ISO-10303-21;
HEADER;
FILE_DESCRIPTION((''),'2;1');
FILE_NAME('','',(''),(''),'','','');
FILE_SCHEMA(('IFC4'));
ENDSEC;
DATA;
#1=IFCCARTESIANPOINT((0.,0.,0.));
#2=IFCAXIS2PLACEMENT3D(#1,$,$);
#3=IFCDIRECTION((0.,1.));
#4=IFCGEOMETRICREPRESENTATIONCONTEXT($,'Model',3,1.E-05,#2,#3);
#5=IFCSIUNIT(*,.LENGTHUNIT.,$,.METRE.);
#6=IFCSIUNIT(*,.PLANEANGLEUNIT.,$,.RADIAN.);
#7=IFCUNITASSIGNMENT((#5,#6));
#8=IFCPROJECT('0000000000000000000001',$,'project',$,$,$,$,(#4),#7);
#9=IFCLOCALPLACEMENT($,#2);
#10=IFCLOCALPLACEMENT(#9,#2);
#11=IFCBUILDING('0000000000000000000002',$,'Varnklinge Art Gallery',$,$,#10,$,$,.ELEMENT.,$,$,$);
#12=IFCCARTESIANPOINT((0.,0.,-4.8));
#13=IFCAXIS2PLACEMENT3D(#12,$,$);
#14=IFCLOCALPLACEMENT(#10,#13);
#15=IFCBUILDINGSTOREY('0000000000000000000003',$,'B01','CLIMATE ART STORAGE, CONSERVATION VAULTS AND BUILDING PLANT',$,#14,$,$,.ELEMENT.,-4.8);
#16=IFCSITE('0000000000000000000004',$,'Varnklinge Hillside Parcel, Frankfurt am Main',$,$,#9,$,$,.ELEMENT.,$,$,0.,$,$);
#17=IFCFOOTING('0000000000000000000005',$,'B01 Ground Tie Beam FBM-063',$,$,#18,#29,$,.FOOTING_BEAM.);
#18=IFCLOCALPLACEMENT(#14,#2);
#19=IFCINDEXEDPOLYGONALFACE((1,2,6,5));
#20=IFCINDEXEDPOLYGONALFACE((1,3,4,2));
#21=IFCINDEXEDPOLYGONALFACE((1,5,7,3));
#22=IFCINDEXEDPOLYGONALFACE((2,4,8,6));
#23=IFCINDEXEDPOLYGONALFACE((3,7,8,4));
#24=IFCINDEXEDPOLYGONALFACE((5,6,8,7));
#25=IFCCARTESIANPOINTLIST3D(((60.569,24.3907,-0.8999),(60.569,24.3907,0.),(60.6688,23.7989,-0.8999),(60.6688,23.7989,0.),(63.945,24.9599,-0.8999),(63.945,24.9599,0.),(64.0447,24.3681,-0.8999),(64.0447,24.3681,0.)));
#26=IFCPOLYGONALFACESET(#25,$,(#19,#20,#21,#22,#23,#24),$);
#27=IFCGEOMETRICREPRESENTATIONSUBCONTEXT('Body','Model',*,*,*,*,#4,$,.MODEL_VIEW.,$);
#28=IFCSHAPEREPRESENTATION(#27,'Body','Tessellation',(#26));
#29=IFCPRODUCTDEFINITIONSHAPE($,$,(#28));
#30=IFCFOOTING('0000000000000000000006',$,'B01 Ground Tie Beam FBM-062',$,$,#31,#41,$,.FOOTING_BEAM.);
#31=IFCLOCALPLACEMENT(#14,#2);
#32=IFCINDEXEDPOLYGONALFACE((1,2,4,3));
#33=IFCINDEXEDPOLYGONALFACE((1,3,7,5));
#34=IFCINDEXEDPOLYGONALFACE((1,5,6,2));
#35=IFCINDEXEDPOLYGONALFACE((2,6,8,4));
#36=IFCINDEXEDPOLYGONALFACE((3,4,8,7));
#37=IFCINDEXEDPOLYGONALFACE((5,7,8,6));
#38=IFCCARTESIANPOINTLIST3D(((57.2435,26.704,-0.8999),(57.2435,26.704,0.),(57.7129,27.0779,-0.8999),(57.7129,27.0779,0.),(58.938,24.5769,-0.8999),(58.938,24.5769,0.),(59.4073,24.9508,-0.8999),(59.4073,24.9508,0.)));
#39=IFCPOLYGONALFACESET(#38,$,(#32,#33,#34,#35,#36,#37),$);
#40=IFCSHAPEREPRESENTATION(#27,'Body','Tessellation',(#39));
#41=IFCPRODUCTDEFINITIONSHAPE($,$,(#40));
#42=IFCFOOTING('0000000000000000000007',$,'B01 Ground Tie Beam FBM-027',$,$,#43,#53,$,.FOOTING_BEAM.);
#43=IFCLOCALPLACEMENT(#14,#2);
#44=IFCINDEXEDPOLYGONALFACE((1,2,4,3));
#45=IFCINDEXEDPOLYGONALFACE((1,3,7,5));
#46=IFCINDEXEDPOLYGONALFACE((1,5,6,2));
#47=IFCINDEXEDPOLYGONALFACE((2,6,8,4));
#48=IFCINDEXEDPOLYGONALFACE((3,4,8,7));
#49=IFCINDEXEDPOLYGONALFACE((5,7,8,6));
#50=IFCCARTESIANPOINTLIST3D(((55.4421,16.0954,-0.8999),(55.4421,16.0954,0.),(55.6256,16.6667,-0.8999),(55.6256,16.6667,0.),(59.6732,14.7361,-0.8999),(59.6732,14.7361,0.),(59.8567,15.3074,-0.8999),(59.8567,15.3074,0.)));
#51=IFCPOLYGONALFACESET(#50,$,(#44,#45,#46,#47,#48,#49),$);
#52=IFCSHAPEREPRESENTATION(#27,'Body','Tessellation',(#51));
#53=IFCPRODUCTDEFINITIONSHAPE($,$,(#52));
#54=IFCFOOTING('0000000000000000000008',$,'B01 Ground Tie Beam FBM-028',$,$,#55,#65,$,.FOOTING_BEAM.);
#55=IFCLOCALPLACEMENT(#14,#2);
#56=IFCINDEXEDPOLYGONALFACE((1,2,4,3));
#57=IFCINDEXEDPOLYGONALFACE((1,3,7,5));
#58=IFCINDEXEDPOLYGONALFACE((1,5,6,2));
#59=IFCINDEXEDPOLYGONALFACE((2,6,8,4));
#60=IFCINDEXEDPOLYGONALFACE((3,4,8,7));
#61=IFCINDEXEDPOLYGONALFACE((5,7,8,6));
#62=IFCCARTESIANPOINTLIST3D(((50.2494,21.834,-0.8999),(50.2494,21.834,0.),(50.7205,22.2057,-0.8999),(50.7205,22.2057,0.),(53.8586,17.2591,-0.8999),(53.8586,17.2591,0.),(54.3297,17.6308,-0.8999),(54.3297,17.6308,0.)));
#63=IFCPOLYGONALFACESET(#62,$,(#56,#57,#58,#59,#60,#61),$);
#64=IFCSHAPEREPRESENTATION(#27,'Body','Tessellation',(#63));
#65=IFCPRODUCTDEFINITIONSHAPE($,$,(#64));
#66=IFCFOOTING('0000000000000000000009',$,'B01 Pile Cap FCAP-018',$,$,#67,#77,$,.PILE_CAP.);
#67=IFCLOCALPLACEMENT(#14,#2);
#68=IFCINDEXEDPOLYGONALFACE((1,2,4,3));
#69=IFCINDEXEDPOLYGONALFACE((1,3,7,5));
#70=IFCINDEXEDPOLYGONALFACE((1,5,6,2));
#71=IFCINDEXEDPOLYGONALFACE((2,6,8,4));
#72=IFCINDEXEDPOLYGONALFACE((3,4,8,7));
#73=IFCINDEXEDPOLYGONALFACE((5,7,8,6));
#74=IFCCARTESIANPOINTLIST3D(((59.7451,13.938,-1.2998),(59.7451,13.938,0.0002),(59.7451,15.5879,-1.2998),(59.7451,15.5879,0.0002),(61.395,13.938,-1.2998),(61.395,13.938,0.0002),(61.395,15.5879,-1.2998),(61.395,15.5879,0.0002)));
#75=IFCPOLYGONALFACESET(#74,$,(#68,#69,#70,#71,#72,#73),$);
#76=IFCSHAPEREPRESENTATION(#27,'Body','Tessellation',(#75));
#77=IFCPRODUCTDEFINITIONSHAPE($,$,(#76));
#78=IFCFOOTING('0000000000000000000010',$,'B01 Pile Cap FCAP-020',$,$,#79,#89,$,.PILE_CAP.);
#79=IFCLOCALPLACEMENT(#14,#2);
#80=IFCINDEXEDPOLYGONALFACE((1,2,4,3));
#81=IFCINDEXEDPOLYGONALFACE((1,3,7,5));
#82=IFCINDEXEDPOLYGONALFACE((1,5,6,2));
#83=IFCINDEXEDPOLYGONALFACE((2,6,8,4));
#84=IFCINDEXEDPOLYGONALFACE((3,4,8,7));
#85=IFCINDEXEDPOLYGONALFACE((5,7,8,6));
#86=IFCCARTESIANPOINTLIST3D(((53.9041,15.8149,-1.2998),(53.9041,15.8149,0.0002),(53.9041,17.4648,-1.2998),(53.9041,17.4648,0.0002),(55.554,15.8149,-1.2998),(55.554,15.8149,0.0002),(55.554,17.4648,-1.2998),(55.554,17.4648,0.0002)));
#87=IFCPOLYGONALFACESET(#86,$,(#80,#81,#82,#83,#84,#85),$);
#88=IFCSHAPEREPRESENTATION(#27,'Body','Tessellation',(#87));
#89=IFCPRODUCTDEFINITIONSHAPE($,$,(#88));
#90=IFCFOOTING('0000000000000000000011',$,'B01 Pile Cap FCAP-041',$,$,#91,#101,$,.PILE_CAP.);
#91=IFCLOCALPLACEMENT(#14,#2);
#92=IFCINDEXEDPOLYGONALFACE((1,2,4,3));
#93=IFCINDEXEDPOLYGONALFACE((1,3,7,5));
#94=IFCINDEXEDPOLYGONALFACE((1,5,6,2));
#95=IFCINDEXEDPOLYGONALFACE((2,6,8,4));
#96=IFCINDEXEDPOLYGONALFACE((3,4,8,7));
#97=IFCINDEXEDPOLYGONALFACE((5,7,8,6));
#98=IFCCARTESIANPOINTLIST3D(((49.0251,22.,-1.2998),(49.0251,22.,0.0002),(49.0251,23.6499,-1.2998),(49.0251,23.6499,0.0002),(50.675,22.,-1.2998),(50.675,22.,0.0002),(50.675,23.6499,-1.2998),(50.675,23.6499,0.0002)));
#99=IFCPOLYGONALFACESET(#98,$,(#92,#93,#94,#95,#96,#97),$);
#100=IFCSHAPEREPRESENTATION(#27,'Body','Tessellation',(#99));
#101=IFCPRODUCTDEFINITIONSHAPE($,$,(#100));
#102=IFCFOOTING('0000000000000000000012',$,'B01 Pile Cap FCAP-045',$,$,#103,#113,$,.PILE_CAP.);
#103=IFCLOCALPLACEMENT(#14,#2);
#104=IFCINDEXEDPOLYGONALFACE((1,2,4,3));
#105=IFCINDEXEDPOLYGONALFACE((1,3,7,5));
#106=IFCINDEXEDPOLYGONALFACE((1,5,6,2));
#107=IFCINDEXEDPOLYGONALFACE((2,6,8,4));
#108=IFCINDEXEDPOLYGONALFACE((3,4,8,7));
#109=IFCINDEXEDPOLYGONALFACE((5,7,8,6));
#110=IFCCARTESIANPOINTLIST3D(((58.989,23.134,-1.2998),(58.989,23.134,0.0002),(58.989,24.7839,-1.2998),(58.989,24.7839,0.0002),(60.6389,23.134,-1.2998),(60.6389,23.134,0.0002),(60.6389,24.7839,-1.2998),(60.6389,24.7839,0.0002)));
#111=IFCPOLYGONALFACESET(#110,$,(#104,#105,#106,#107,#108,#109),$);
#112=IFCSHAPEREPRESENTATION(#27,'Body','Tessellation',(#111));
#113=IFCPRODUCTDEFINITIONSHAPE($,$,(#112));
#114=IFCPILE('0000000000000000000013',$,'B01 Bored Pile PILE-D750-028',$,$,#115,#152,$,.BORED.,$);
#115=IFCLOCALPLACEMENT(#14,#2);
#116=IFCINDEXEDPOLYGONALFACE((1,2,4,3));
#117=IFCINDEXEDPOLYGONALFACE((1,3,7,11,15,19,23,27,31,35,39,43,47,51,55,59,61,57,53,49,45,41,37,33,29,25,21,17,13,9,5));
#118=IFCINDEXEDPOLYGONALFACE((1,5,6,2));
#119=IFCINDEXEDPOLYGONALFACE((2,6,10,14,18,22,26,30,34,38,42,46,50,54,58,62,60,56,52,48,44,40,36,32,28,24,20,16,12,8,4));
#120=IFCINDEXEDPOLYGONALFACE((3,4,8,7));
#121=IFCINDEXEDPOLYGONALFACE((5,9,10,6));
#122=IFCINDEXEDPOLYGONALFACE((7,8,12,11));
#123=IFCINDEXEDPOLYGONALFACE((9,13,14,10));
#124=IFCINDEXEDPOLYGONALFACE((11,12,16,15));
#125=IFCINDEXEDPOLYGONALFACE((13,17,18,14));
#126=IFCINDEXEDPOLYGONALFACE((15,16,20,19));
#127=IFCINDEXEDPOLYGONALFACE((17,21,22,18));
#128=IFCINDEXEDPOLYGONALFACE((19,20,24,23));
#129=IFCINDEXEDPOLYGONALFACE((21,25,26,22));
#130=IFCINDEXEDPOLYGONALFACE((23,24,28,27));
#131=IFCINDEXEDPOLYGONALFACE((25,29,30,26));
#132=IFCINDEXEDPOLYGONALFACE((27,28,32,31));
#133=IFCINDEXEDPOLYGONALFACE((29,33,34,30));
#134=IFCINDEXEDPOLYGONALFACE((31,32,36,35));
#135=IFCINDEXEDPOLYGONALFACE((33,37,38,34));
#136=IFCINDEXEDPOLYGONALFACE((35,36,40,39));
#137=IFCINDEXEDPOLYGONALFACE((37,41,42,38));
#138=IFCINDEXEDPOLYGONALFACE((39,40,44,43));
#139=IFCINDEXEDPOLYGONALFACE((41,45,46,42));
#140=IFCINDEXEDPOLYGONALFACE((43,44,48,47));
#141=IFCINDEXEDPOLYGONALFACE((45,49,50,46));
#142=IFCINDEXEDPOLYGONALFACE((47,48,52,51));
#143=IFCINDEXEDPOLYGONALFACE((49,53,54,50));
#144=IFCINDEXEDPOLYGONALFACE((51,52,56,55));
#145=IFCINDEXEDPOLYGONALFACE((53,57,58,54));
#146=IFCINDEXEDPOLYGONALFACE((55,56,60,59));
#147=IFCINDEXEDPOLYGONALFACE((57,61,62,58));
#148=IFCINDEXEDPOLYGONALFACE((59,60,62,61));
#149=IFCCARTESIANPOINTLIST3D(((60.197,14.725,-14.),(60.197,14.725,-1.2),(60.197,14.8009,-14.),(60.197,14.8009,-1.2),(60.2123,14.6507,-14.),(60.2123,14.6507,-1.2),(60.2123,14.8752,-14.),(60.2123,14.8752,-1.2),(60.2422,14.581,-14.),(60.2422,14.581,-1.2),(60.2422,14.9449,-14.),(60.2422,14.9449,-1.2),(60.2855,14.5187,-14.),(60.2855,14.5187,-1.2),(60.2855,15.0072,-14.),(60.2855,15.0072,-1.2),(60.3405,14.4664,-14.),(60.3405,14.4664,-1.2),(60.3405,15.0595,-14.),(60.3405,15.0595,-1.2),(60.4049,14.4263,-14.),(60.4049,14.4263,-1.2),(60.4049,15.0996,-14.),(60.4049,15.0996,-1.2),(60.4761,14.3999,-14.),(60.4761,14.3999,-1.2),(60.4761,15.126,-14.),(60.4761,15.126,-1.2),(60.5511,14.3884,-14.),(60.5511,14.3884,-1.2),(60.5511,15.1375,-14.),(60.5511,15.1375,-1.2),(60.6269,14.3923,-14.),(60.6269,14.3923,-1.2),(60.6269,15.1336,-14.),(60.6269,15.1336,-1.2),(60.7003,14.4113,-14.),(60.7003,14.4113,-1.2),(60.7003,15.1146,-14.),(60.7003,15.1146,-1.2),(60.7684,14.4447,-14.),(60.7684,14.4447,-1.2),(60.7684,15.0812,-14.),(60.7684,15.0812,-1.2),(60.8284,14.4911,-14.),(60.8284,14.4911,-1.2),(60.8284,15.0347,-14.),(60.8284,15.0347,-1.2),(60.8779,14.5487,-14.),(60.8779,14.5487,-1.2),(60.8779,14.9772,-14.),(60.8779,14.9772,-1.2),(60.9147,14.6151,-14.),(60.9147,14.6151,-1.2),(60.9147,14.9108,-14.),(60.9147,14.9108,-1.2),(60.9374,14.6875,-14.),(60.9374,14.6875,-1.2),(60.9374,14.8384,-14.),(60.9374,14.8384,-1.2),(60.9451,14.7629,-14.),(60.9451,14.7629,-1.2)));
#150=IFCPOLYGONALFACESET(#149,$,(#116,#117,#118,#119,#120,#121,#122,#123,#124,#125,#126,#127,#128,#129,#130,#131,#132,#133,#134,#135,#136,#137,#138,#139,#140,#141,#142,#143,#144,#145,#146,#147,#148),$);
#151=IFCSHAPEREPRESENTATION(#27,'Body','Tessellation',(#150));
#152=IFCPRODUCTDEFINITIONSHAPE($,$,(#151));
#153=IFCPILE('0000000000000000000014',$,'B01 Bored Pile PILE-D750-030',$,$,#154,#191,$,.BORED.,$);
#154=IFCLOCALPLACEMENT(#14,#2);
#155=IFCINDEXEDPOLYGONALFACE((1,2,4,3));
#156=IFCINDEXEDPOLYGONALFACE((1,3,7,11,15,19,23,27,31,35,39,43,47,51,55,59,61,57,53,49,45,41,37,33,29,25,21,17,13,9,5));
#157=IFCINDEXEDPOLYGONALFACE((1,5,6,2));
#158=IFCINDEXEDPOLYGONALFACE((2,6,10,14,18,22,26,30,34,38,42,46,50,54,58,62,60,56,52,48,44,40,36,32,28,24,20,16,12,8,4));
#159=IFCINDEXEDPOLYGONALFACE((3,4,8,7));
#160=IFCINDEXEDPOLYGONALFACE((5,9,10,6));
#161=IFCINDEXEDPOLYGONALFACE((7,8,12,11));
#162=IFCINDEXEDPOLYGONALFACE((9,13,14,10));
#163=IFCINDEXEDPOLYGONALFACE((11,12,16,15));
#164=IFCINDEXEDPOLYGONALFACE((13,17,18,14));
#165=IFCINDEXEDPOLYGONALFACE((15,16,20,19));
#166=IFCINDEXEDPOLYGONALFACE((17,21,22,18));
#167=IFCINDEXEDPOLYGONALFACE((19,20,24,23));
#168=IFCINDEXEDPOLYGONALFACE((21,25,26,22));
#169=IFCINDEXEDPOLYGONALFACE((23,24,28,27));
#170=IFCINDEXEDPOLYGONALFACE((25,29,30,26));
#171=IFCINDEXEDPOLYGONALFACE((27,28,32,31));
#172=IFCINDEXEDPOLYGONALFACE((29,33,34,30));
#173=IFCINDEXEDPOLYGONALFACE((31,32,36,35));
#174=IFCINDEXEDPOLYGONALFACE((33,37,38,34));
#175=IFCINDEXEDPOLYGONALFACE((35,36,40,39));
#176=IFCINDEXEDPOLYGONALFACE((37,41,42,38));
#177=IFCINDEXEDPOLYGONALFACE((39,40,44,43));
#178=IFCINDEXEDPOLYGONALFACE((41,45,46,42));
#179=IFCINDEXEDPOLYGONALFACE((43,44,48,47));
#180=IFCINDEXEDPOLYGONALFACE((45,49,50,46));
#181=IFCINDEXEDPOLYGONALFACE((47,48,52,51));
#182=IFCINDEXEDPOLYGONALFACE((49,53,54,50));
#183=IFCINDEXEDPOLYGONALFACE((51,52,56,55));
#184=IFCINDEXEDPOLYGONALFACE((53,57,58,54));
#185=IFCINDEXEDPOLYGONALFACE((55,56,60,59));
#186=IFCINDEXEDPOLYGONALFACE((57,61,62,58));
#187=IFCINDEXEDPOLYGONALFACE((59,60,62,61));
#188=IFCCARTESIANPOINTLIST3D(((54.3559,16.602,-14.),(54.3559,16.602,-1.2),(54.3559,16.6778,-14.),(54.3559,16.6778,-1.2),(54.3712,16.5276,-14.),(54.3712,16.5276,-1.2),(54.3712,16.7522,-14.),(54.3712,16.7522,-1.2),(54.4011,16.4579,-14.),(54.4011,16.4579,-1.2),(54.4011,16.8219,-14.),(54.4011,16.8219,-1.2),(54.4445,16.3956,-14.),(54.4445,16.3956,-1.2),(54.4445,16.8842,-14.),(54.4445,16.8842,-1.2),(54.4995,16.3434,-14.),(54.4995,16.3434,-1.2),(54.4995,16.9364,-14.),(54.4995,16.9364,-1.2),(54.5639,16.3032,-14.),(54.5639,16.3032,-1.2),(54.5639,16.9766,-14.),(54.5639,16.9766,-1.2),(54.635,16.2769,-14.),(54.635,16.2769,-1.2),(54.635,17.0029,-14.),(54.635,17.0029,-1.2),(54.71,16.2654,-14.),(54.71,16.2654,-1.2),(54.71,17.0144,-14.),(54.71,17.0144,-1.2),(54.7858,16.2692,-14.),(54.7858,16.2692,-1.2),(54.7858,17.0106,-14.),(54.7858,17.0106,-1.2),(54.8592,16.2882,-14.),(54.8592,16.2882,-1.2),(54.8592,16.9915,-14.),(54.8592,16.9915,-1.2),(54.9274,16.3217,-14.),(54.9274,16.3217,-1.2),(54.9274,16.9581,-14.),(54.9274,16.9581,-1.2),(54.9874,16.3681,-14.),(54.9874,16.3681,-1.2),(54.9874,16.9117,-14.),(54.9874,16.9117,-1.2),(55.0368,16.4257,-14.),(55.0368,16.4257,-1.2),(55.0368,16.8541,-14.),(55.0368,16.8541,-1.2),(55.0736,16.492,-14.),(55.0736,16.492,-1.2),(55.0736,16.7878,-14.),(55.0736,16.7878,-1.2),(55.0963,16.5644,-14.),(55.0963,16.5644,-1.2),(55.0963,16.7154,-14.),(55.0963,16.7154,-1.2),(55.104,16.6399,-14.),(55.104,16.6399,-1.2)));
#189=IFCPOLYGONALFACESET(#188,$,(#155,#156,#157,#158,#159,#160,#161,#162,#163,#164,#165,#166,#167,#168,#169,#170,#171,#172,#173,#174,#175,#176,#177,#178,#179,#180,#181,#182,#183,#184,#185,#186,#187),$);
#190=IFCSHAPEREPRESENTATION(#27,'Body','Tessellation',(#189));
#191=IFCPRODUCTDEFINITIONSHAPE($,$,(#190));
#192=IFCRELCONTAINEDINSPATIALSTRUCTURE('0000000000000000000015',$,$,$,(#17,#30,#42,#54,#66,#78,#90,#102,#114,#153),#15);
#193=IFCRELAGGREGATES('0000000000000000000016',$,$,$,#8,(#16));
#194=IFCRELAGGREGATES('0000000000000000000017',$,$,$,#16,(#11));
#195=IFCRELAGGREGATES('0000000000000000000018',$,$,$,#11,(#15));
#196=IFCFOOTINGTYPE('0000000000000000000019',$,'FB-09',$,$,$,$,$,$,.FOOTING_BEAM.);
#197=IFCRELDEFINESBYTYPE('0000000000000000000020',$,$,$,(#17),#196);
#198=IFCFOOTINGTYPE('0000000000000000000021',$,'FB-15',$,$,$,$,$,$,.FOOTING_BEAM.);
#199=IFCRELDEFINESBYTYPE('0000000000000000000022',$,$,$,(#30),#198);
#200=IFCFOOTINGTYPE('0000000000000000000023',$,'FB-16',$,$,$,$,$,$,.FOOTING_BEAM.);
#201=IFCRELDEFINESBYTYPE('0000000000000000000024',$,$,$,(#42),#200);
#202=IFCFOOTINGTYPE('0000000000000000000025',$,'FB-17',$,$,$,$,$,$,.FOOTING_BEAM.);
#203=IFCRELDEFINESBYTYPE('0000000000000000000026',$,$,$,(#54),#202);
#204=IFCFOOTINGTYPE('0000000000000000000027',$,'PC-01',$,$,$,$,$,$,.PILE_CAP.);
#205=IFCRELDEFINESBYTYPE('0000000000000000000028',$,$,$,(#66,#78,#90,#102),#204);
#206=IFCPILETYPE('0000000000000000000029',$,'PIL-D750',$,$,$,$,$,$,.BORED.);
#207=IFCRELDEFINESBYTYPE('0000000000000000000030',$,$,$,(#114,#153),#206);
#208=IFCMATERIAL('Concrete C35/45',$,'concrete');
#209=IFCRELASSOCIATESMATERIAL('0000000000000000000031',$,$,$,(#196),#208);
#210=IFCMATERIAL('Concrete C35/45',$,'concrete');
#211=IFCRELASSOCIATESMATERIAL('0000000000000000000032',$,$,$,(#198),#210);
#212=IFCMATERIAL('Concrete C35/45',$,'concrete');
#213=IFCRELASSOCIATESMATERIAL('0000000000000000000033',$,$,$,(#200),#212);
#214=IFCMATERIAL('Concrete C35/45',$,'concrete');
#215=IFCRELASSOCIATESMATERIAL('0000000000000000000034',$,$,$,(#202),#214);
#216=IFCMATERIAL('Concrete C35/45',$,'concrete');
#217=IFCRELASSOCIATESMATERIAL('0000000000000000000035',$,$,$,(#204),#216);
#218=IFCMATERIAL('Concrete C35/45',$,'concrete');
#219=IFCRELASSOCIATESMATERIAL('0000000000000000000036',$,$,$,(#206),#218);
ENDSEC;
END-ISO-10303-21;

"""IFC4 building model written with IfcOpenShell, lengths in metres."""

from ifc_helpers import new_model, si_unit, direction, frame, origin, origin_2d, place, context, subcontext, project, spatial, rectangle, circle, extrude, material, material_profile, profile_set, type_object, element, save


model = new_model("IFC4")

# Units and contexts
model_context = context("Model", 3, precision=1e-05, world=origin(), true_north=direction((0.0, 1.0)))
body_context = subcontext(model_context, "Body", "Model", "MODEL_VIEW")
ifc_project = project(units=[si_unit("LENGTHUNIT", "METRE"), si_unit("PLANEANGLEUNIT", "RADIAN")], contexts=[model_context])

# Site, building, storey
site_placement = place(None, origin())
site = spatial("IfcSite", under=ifc_project, at=site_placement, Name="Varnklinge Hillside Parcel, Frankfurt am Main", CompositionType="ELEMENT", RefElevation=0.0)
building_placement = place(site_placement, origin())
building = spatial("IfcBuilding", under=site, at=building_placement, Name="Varnklinge Art Gallery", CompositionType="ELEMENT")
storey_placement = place(building_placement, frame((0.0, 0.0, -4.8)))
storey = spatial("IfcBuildingStorey", under=building, at=storey_placement, Name="B01", Description="CLIMATE ART STORAGE, CONSERVATION VAULTS AND BUILDING PLANT", CompositionType="ELEMENT", Elevation=-4.8)

# Footings
ifc_material_1 = material(Name="Concrete C35/45", Category="concrete")
footing_type_1 = type_object("IfcFootingType", Name="FB-09", PredefinedType="FOOTING_BEAM", material=ifc_material_1)
footing_1_placement = place(storey_placement, frame((62.3069, 24.3794, -0.8999), z_axis=(0.0, 0.0, 1.0), x_axis=(0.986083, 0.166252, 0.0)))
element("IfcFooting", 1, at=footing_1_placement, inside=storey, type_object=footing_type_1, Name="B01 Ground Tie Beam FBM-063", PredefinedType="FOOTING_BEAM", context=body_context, shape_type="SweptSolid", body=[
    extrude(rectangle(XDim=3.4236, YDim=0.6001, at=origin_2d()), origin(), (0.0, 0.0, 1.0), 0.8999),
])
ifc_material_2 = material(Name="Concrete C35/45", Category="concrete")
footing_type_2 = type_object("IfcFootingType", Name="FB-15", PredefinedType="FOOTING_BEAM", material=ifc_material_2)
footing_2_placement = place(storey_placement, frame((58.3254, 25.8274, -0.8999), z_axis=(0.0, 0.0, 1.0), x_axis=(-0.623061, 0.782173, 0.0)))
element("IfcFooting", 2, at=footing_2_placement, inside=storey, type_object=footing_type_2, Name="B01 Ground Tie Beam FBM-062", PredefinedType="FOOTING_BEAM", context=body_context, shape_type="SweptSolid", body=[
    extrude(rectangle(XDim=2.7195, YDim=0.6001, at=origin_2d()), origin(), (0.0, 0.0, 1.0), 0.8999),
])
ifc_material_3 = material(Name="Concrete C35/45", Category="concrete")
footing_type_3 = type_object("IfcFootingType", Name="FB-16", PredefinedType="FOOTING_BEAM", material=ifc_material_3)
footing_3_placement = place(storey_placement, frame((57.6494, 15.7014, -0.8999), z_axis=(0.0, 0.0, 1.0), x_axis=(0.952076, -0.305861, 0.0)))
element("IfcFooting", 3, at=footing_3_placement, inside=storey, type_object=footing_type_3, Name="B01 Ground Tie Beam FBM-027", PredefinedType="FOOTING_BEAM", context=body_context, shape_type="SweptSolid", body=[
    extrude(rectangle(XDim=4.4441, YDim=0.6001, at=origin_2d()), origin(), (0.0, 0.0, 1.0), 0.8999),
])
ifc_material_4 = material(Name="Concrete C35/45", Category="concrete")
footing_type_4 = type_object("IfcFootingType", Name="FB-17", PredefinedType="FOOTING_BEAM", material=ifc_material_4)
footing_4_placement = place(storey_placement, frame((52.2896, 19.7324, -0.8999), z_axis=(0.0, 0.0, 1.0), x_axis=(-0.619368, 0.785101, 0.0)))
element("IfcFooting", 4, at=footing_4_placement, inside=storey, type_object=footing_type_4, Name="B01 Ground Tie Beam FBM-028", PredefinedType="FOOTING_BEAM", context=body_context, shape_type="SweptSolid", body=[
    extrude(rectangle(XDim=5.8271, YDim=0.6001, at=origin_2d()), origin(), (0.0, 0.0, 1.0), 0.8999),
])
ifc_material_5 = material(Name="Concrete C35/45", Category="concrete")
footing_type_5 = type_object("IfcFootingType", Name="PC-01", PredefinedType="PILE_CAP", material=ifc_material_5)
for number, where, z_axis, x_axis, name in (
    (5, (60.5701, 14.7629, -1.2998), (0.0, 0.0, 1.0), (1.0, 0.0, 0.0), "B01 Pile Cap FCAP-018"),
    (6, (54.729, 16.6399, -1.2998), (0.0, 0.0, 1.0), (1.0, 0.0, 0.0), "B01 Pile Cap FCAP-020"),
    (7, (49.8501, 22.825, -1.2998), (0.0, 0.0, 1.0), (1.0, 0.0, 0.0), "B01 Pile Cap FCAP-041"),
    (8, (59.814, 23.959, -1.2998), (0.0, 0.0, 1.0), (1.0, 0.0, 0.0), "B01 Pile Cap FCAP-045"),
):
    element("IfcFooting", number, at=place(storey_placement, frame(where, z_axis=z_axis, x_axis=x_axis)), inside=storey, type_object=footing_type_5, Name=name, PredefinedType="PILE_CAP", context=body_context, shape_type="SweptSolid", body=[
        extrude(rectangle(XDim=1.6499, YDim=1.6499, at=origin_2d()), origin(), (0.0, 0.0, 1.0), 1.3),
    ])

# Piles
ifc_material_6 = material(Name="Concrete C35/45", Category="concrete")
ifc_material_profile_1 = material_profile(ifc_material_6, circle(Radius=0.375, at=origin_2d()), Name="PILE D750")
ifc_profile_set_1 = profile_set([ifc_material_profile_1], Name="Concrete C35/45")
pile_type = type_object("IfcPileType", Name="PIL-D750", PredefinedType="BORED", material=ifc_profile_set_1)
for number, where, z_axis, x_axis, name in (
    (9, (60.5701, 14.7629, -1.2), (0.0, 0.0, -1.0), (1.0, 0.0, 0.0), "B01 Bored Pile PILE-D750-028"),
    (10, (54.729, 16.6399, -1.2), (0.0, 0.0, -1.0), (1.0, 0.0, 0.0), "B01 Bored Pile PILE-D750-030"),
):
    element("IfcPile", number, at=place(storey_placement, frame(where, z_axis=z_axis, x_axis=x_axis)), inside=storey, type_object=pile_type, Name=name, PredefinedType="BORED", context=body_context, shape_type="SweptSolid", body=[
        extrude(circle(Radius=0.375, at=origin_2d()), origin(), (0.0, 0.0, 1.0), 12.8),
    ])

save(model, "model.ifc")
